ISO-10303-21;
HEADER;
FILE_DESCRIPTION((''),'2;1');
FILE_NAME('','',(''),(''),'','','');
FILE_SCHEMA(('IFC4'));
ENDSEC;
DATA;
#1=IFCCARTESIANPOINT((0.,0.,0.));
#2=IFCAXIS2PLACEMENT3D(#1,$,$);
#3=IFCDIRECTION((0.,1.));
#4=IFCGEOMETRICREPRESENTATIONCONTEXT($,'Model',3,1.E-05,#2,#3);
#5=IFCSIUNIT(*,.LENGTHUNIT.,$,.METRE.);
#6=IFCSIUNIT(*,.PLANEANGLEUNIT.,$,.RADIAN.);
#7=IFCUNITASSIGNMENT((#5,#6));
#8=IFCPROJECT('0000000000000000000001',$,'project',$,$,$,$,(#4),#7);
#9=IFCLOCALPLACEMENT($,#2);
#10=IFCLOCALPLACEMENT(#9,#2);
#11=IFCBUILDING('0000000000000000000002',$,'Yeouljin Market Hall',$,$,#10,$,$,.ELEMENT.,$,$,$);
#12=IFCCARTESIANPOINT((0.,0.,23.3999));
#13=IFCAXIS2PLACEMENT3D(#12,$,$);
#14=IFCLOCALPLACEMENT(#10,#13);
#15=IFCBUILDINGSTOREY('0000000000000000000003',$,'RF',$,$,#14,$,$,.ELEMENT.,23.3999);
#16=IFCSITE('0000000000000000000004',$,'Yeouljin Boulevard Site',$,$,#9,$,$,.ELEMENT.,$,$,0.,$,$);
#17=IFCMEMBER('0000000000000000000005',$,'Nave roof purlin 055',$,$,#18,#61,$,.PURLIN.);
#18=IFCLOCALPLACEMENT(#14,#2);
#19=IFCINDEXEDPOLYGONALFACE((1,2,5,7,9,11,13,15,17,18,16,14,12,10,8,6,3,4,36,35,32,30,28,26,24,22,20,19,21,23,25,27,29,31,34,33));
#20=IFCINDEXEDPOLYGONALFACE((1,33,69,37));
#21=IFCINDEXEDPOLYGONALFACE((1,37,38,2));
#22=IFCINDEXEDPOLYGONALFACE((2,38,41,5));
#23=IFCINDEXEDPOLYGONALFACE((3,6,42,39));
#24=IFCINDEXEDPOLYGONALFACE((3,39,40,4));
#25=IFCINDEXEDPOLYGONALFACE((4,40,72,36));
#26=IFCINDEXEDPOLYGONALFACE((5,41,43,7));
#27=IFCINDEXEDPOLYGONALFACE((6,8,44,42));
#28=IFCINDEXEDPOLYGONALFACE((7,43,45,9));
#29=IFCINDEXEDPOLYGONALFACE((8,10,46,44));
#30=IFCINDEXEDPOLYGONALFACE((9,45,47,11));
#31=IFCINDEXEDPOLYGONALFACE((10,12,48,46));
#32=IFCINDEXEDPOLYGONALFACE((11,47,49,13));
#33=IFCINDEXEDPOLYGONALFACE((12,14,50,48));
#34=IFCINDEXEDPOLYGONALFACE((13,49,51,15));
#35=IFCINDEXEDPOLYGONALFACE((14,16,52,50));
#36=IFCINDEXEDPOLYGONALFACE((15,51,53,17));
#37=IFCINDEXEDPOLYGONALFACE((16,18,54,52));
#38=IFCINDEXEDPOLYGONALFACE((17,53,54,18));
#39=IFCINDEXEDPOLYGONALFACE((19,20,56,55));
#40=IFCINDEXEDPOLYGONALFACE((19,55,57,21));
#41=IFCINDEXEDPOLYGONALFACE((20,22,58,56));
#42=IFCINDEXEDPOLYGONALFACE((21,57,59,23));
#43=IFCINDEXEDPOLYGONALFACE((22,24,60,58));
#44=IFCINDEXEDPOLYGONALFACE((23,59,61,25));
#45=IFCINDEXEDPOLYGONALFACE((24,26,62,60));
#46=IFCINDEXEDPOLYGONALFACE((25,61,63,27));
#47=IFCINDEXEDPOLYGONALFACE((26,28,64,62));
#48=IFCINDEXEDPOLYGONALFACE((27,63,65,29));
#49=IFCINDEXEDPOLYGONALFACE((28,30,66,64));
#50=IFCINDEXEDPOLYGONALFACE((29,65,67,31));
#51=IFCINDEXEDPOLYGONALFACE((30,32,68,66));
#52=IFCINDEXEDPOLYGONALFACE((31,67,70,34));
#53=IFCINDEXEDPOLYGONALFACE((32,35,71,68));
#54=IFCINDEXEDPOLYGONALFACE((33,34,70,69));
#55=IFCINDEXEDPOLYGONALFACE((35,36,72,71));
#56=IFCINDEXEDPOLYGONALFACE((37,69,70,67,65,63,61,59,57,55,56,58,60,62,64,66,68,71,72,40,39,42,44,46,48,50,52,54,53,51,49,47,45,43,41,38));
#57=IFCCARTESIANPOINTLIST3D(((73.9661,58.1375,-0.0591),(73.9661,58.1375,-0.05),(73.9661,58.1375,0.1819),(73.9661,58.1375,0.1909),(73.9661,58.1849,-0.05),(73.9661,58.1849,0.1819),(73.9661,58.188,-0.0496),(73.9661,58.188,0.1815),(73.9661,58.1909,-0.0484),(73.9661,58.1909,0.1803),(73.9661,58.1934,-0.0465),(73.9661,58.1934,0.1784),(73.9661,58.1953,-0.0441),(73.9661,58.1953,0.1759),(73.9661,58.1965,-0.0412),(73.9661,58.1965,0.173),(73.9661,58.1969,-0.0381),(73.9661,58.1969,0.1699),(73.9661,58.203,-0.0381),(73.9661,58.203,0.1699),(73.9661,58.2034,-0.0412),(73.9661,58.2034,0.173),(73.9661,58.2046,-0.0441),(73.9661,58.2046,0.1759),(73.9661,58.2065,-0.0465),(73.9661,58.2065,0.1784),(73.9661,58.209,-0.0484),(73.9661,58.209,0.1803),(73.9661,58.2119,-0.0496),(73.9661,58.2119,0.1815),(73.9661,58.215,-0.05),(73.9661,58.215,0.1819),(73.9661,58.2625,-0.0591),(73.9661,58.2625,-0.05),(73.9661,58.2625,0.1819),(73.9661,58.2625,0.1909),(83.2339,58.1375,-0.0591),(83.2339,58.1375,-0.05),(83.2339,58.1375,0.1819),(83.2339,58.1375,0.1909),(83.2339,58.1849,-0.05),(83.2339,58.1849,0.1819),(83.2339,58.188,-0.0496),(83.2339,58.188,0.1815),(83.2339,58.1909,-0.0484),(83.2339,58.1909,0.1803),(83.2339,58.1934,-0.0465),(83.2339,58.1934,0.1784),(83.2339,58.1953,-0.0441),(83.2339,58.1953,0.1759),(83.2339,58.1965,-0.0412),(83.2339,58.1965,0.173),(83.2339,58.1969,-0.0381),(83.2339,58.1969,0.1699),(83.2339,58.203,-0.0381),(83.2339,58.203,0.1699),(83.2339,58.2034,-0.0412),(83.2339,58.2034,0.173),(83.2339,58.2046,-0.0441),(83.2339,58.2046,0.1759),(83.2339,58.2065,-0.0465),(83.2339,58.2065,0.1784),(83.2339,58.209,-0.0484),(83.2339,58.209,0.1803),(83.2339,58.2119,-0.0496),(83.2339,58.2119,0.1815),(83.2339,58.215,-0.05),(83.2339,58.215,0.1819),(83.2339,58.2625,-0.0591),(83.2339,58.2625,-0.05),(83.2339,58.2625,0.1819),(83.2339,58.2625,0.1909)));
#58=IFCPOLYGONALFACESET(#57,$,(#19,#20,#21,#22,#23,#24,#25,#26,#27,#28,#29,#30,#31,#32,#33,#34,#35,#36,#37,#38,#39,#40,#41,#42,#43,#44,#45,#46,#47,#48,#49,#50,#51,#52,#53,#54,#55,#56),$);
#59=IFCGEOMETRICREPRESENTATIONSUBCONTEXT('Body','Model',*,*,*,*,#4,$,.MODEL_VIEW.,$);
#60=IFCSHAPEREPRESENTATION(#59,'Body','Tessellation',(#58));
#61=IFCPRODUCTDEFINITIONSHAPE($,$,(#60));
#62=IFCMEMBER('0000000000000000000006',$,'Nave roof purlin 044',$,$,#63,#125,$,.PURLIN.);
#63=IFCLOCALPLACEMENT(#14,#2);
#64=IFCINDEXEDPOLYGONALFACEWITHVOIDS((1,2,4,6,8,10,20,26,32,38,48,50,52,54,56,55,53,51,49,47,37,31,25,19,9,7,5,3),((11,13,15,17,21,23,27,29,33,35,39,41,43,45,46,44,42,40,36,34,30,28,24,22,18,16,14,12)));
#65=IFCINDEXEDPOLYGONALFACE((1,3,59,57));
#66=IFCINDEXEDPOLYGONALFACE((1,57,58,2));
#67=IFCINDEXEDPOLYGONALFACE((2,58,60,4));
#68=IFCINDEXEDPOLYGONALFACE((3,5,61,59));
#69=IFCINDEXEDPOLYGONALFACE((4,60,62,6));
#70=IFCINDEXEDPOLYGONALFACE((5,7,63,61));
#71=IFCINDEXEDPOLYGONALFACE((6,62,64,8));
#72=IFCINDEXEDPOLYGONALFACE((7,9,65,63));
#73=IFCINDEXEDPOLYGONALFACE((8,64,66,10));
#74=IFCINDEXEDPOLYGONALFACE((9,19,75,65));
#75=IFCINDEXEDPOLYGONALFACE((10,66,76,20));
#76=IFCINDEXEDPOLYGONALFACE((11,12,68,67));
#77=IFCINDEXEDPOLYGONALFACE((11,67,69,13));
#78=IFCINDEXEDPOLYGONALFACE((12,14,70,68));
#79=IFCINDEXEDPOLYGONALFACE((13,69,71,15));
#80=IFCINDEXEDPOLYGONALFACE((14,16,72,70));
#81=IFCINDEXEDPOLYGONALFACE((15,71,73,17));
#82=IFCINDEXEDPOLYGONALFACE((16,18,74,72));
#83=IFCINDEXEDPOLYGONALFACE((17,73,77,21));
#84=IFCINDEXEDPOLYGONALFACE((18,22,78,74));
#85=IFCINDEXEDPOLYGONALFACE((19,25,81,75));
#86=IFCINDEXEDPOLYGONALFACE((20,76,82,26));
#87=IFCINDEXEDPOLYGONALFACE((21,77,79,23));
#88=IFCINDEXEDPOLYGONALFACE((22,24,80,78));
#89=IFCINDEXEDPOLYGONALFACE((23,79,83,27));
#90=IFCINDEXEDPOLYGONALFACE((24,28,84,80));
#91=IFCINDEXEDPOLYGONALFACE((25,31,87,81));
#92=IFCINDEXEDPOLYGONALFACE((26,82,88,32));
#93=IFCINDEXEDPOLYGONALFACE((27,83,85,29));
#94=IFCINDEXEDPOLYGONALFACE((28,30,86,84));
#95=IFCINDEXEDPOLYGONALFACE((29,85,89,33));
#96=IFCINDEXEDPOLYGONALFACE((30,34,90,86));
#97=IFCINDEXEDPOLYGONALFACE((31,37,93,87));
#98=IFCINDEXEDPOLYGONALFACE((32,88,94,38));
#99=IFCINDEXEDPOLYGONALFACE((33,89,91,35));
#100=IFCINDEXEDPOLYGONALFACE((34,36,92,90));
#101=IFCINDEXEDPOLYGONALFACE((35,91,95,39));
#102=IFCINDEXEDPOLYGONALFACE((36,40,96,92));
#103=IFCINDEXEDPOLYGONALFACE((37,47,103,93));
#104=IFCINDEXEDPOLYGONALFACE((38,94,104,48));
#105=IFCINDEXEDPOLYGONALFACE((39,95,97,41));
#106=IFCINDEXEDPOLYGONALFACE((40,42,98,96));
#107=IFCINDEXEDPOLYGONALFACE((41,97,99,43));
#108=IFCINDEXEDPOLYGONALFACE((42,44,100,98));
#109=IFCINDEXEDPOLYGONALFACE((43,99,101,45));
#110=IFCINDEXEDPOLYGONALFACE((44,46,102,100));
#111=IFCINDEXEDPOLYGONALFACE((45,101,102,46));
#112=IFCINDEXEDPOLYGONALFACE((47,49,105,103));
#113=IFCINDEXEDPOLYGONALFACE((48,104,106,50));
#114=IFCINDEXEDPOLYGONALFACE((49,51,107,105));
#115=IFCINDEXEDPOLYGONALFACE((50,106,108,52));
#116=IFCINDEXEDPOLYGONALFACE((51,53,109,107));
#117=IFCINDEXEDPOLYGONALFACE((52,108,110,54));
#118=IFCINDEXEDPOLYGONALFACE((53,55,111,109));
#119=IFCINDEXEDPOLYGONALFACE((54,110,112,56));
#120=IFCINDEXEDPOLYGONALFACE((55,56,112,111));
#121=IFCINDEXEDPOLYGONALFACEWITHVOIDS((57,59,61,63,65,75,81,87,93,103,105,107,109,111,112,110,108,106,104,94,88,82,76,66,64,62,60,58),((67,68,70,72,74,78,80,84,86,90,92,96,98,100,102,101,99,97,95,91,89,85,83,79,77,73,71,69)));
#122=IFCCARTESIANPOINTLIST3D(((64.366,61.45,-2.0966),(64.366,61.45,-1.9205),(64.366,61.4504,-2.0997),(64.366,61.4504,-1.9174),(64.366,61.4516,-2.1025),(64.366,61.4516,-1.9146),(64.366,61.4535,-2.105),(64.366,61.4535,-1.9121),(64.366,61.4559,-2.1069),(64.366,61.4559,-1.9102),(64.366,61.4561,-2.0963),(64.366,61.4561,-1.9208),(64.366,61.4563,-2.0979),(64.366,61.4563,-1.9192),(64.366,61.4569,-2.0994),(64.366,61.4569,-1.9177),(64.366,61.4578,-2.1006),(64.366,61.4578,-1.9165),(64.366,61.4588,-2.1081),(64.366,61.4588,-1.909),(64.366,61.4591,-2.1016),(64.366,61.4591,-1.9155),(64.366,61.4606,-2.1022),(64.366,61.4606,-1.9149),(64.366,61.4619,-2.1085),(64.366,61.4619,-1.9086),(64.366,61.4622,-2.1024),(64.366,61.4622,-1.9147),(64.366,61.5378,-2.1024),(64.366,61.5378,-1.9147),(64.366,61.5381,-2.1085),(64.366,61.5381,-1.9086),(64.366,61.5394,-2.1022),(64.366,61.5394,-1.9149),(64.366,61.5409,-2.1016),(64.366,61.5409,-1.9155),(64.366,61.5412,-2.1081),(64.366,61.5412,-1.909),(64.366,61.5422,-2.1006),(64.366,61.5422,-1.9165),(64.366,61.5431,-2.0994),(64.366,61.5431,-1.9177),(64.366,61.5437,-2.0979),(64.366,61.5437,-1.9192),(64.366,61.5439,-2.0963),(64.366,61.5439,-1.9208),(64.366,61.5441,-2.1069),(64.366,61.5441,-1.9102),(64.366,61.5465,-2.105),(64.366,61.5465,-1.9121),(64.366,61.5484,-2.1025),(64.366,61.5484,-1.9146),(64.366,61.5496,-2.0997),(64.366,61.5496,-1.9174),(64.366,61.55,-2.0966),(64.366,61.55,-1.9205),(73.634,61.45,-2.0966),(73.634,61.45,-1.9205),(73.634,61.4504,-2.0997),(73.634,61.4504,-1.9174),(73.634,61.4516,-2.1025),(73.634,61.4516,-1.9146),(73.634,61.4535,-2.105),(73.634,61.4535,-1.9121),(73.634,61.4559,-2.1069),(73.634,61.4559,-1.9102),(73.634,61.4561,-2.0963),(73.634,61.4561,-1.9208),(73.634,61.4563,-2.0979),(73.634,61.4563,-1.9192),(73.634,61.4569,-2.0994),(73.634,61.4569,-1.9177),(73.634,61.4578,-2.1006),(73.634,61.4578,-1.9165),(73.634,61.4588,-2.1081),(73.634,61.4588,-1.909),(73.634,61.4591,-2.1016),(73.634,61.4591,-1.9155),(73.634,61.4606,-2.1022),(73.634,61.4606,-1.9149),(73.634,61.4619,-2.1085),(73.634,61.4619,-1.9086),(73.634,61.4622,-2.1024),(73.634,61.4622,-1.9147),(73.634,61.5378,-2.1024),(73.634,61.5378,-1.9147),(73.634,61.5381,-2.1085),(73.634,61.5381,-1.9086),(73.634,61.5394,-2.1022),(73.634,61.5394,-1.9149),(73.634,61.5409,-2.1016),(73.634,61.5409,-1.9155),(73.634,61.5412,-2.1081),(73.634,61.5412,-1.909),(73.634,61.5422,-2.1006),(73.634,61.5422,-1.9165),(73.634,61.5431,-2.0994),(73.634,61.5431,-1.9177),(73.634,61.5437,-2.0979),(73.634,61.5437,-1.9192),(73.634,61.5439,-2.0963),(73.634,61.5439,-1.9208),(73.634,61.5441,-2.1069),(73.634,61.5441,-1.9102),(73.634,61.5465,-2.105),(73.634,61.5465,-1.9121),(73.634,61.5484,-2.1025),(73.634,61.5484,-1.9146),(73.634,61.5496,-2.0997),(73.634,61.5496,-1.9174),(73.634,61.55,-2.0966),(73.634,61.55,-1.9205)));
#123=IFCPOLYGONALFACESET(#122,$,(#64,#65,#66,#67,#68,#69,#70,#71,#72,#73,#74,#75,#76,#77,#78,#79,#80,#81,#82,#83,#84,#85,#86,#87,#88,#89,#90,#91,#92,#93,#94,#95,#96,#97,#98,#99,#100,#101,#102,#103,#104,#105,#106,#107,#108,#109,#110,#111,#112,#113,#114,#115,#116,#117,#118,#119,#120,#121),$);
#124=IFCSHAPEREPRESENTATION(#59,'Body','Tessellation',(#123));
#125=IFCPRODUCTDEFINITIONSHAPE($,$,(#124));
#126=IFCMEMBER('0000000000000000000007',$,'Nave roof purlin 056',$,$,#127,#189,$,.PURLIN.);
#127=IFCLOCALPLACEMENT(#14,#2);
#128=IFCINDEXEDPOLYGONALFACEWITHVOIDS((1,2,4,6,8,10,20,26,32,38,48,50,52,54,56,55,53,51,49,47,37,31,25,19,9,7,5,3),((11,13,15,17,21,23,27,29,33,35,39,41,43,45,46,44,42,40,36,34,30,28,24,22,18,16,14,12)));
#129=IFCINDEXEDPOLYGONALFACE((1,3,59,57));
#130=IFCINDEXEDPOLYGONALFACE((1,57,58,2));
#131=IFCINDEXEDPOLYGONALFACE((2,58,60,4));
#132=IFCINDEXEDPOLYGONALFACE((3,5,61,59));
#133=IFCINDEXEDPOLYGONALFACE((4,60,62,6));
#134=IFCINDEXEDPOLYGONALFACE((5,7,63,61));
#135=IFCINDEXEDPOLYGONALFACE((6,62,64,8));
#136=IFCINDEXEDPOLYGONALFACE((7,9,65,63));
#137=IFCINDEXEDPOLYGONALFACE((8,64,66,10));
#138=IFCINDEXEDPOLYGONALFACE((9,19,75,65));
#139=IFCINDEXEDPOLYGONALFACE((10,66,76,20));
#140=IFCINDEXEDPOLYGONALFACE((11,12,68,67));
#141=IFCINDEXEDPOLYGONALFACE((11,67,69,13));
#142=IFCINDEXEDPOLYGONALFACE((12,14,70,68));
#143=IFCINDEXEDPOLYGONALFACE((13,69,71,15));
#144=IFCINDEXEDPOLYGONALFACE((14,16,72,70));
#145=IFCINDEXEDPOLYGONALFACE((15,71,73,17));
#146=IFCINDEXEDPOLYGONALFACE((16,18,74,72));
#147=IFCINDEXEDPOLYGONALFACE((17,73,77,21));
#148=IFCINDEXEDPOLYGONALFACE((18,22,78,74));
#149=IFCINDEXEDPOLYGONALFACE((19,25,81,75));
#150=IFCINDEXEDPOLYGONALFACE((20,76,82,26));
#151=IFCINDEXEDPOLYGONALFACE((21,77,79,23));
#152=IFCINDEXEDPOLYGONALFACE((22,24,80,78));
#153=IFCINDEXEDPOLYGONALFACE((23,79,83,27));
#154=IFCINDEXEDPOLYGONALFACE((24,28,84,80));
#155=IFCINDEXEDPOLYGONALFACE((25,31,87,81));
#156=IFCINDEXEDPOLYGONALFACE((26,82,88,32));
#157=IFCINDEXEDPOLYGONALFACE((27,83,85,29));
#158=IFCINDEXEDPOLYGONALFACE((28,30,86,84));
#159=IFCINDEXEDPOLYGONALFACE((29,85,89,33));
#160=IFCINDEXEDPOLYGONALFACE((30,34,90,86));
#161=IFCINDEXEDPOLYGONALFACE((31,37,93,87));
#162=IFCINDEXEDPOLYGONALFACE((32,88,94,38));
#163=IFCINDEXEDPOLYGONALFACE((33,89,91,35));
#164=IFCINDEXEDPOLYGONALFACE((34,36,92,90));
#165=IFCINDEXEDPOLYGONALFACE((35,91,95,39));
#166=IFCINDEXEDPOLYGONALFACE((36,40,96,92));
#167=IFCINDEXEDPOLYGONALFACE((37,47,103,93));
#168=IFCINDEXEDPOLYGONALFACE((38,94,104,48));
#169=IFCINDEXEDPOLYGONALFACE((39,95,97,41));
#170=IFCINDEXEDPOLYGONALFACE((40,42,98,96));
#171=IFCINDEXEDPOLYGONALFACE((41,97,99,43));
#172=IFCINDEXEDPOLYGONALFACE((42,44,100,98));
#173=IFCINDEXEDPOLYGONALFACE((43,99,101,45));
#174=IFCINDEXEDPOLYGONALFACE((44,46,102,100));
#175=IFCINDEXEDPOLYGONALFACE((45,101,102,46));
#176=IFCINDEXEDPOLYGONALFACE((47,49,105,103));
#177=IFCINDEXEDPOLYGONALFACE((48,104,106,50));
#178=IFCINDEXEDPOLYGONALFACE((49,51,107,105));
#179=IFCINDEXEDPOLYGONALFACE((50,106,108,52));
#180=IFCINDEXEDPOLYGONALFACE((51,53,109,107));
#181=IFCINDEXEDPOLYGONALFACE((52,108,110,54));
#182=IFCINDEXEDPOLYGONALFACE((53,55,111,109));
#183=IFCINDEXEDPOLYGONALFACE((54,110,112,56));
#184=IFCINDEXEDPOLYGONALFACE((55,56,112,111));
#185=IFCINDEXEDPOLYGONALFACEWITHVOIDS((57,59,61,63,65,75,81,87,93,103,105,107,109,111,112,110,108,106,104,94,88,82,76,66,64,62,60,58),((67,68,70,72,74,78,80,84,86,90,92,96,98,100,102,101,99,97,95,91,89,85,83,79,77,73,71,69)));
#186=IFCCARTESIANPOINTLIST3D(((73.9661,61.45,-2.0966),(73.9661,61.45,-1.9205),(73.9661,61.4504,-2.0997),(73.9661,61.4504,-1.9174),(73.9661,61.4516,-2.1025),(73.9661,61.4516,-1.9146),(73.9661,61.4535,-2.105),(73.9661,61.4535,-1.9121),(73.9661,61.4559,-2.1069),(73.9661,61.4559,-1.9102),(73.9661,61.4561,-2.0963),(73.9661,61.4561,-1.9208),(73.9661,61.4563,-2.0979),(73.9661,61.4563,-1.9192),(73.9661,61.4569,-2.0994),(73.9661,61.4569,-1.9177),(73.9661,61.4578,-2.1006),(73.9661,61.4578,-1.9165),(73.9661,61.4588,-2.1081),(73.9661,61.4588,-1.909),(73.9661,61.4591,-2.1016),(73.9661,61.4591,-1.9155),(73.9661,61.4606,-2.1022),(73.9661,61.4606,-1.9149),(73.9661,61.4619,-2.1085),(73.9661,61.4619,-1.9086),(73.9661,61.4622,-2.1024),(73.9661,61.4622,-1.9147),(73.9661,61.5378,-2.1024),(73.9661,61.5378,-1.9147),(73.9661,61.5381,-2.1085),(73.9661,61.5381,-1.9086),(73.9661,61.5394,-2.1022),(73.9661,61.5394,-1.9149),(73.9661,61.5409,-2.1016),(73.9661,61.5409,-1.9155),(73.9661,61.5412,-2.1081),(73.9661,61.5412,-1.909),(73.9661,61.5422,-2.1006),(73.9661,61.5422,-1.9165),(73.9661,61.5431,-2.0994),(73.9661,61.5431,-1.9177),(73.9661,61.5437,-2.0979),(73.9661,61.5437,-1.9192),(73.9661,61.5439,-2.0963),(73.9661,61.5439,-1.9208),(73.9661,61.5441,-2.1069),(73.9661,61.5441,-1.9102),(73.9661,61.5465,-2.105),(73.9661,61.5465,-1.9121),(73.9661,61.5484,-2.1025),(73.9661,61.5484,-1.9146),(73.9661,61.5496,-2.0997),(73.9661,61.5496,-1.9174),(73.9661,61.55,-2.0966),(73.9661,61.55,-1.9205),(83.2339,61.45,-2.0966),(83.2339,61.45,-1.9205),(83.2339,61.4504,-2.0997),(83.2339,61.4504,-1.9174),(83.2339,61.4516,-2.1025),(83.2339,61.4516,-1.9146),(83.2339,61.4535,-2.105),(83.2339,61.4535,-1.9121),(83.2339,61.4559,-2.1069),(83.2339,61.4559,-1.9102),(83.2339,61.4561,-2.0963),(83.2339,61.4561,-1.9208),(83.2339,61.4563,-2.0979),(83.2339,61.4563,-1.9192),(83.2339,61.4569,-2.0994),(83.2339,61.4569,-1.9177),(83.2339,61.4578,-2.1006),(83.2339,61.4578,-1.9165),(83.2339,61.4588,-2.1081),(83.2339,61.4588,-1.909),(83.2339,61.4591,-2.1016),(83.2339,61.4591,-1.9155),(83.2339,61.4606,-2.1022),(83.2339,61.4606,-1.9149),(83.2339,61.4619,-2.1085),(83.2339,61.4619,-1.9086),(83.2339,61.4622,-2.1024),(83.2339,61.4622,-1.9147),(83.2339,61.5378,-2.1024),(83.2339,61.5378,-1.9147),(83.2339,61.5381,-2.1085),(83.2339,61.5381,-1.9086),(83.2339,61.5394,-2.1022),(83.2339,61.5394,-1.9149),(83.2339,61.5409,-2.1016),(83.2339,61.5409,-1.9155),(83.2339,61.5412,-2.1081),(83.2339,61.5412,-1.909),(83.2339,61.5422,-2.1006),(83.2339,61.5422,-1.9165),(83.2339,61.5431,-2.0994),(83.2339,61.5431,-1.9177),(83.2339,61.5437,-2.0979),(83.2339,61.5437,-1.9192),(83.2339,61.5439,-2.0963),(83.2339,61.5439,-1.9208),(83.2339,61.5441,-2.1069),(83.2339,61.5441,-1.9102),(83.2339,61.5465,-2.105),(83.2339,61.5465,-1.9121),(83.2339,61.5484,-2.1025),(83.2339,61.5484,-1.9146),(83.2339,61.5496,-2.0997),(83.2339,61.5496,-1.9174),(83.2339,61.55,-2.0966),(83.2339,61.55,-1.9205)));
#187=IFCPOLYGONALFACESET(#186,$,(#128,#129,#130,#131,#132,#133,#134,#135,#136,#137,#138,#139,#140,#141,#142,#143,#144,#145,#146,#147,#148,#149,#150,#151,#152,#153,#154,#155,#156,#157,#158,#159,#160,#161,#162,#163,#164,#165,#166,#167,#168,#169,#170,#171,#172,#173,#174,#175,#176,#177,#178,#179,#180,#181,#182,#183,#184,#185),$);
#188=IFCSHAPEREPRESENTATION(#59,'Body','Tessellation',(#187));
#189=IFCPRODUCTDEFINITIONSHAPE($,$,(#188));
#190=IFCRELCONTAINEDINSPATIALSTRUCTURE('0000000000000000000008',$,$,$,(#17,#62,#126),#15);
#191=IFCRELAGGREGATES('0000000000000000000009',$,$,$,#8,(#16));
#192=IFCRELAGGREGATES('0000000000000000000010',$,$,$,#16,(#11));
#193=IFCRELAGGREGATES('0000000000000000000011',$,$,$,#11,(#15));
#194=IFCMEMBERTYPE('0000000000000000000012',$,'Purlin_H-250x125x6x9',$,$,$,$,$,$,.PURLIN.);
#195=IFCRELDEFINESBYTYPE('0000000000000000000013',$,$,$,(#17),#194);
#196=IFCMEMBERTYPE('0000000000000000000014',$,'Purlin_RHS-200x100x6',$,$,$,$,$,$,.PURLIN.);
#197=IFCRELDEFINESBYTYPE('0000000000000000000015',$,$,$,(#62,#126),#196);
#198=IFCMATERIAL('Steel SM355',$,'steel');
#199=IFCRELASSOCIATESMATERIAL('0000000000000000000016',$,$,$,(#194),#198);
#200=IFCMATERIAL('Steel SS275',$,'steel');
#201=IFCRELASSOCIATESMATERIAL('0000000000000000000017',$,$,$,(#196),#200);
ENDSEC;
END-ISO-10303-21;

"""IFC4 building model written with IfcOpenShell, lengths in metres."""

from ifc_helpers import new_model, si_unit, direction, frame, origin, origin_2d, place, context, subcontext, project, spatial, hollow_rectangle, i_section, extrude, material, material_profile, profile_set, type_object, element, save


model = new_model("IFC4")

# Units and contexts
model_context = context("Model", 3, precision=1e-05, world=origin(), true_north=direction((0.0, 1.0)))
body_context = subcontext(model_context, "Body", "Model", "MODEL_VIEW")
ifc_project = project(units=[si_unit("LENGTHUNIT", "METRE"), si_unit("PLANEANGLEUNIT", "RADIAN")], contexts=[model_context])

# Site, building, storey
site_placement = place(None, origin())
site = spatial("IfcSite", under=ifc_project, at=site_placement, Name="Yeouljin Boulevard Site", CompositionType="ELEMENT", RefElevation=0.0)
building_placement = place(site_placement, origin())
building = spatial("IfcBuilding", under=site, at=building_placement, Name="Yeouljin Market Hall", CompositionType="ELEMENT")
storey_placement = place(building_placement, frame((0.0, 0.0, 23.3999)))
storey = spatial("IfcBuildingStorey", under=building, at=storey_placement, Name="RF", CompositionType="ELEMENT", Elevation=23.3999)

# Members
ifc_material_1 = material(Name="Steel SM355", Category="steel")
ifc_material_profile_1 = material_profile(ifc_material_1, i_section(OverallWidth=0.125, OverallDepth=0.25, WebThickness=0.0061, FlangeThickness=0.009, FilletRadius=0.012, at=origin_2d()), Name="H-250x125x6x9")
ifc_profile_set_1 = profile_set([ifc_material_profile_1], Name="Steel SM355")
member_type_1 = type_object("IfcMemberType", Name="Purlin_H-250x125x6x9", PredefinedType="PURLIN", material=ifc_profile_set_1)
member_1_placement = place(storey_placement, frame((73.9661, 58.2, 0.0659), z_axis=(1.0, 0.0, 0.0), x_axis=(0.0, 1.0, 0.0)))
element("IfcMember", 1, at=member_1_placement, inside=storey, type_object=member_type_1, Name="Nave roof purlin 055", PredefinedType="PURLIN", context=body_context, shape_type="SweptSolid", body=[
    extrude(i_section(OverallWidth=0.125, OverallDepth=0.25, WebThickness=0.0061, FlangeThickness=0.009, FilletRadius=0.012, at=origin_2d()), origin(), (0.0, 0.0, 1.0), 9.2678),
])
ifc_material_2 = material(Name="Steel SS275", Category="steel")
ifc_material_profile_2 = material_profile(ifc_material_2, hollow_rectangle(XDim=0.1001, YDim=0.2, WallThickness=0.0061, InnerFilletRadius=0.0061, OuterFilletRadius=0.012, at=origin_2d()), Name="RHS-200x100x6")
ifc_profile_set_2 = profile_set([ifc_material_profile_2], Name="Steel SS275")
member_type_2 = type_object("IfcMemberType", Name="Purlin_RHS-200x100x6", PredefinedType="PURLIN", material=ifc_profile_set_2)
member_2_placement = place(storey_placement, frame((64.366, 61.5, -2.0085), z_axis=(1.0, 0.0, 0.0), x_axis=(0.0, 1.0, 0.0)))
element("IfcMember", 2, at=member_2_placement, inside=storey, type_object=member_type_2, Name="Nave roof purlin 044", PredefinedType="PURLIN", context=body_context, shape_type="SweptSolid", body=[
    extrude(hollow_rectangle(XDim=0.1001, YDim=0.2, WallThickness=0.0061, InnerFilletRadius=0.0061, OuterFilletRadius=0.012, at=origin_2d()), origin(), (0.0, 0.0, 1.0), 9.2681),
])
member_3_placement = place(storey_placement, frame((73.9661, 61.5, -2.0085), z_axis=(1.0, 0.0, 0.0), x_axis=(0.0, 1.0, 0.0)))
element("IfcMember", 3, at=member_3_placement, inside=storey, type_object=member_type_2, Name="Nave roof purlin 056", PredefinedType="PURLIN", context=body_context, shape_type="SweptSolid", body=[
    extrude(hollow_rectangle(XDim=0.1001, YDim=0.2, WallThickness=0.0061, InnerFilletRadius=0.0061, OuterFilletRadius=0.012, at=origin_2d()), origin(), (0.0, 0.0, 1.0), 9.2678),
])

save(model, "model.ifc")
